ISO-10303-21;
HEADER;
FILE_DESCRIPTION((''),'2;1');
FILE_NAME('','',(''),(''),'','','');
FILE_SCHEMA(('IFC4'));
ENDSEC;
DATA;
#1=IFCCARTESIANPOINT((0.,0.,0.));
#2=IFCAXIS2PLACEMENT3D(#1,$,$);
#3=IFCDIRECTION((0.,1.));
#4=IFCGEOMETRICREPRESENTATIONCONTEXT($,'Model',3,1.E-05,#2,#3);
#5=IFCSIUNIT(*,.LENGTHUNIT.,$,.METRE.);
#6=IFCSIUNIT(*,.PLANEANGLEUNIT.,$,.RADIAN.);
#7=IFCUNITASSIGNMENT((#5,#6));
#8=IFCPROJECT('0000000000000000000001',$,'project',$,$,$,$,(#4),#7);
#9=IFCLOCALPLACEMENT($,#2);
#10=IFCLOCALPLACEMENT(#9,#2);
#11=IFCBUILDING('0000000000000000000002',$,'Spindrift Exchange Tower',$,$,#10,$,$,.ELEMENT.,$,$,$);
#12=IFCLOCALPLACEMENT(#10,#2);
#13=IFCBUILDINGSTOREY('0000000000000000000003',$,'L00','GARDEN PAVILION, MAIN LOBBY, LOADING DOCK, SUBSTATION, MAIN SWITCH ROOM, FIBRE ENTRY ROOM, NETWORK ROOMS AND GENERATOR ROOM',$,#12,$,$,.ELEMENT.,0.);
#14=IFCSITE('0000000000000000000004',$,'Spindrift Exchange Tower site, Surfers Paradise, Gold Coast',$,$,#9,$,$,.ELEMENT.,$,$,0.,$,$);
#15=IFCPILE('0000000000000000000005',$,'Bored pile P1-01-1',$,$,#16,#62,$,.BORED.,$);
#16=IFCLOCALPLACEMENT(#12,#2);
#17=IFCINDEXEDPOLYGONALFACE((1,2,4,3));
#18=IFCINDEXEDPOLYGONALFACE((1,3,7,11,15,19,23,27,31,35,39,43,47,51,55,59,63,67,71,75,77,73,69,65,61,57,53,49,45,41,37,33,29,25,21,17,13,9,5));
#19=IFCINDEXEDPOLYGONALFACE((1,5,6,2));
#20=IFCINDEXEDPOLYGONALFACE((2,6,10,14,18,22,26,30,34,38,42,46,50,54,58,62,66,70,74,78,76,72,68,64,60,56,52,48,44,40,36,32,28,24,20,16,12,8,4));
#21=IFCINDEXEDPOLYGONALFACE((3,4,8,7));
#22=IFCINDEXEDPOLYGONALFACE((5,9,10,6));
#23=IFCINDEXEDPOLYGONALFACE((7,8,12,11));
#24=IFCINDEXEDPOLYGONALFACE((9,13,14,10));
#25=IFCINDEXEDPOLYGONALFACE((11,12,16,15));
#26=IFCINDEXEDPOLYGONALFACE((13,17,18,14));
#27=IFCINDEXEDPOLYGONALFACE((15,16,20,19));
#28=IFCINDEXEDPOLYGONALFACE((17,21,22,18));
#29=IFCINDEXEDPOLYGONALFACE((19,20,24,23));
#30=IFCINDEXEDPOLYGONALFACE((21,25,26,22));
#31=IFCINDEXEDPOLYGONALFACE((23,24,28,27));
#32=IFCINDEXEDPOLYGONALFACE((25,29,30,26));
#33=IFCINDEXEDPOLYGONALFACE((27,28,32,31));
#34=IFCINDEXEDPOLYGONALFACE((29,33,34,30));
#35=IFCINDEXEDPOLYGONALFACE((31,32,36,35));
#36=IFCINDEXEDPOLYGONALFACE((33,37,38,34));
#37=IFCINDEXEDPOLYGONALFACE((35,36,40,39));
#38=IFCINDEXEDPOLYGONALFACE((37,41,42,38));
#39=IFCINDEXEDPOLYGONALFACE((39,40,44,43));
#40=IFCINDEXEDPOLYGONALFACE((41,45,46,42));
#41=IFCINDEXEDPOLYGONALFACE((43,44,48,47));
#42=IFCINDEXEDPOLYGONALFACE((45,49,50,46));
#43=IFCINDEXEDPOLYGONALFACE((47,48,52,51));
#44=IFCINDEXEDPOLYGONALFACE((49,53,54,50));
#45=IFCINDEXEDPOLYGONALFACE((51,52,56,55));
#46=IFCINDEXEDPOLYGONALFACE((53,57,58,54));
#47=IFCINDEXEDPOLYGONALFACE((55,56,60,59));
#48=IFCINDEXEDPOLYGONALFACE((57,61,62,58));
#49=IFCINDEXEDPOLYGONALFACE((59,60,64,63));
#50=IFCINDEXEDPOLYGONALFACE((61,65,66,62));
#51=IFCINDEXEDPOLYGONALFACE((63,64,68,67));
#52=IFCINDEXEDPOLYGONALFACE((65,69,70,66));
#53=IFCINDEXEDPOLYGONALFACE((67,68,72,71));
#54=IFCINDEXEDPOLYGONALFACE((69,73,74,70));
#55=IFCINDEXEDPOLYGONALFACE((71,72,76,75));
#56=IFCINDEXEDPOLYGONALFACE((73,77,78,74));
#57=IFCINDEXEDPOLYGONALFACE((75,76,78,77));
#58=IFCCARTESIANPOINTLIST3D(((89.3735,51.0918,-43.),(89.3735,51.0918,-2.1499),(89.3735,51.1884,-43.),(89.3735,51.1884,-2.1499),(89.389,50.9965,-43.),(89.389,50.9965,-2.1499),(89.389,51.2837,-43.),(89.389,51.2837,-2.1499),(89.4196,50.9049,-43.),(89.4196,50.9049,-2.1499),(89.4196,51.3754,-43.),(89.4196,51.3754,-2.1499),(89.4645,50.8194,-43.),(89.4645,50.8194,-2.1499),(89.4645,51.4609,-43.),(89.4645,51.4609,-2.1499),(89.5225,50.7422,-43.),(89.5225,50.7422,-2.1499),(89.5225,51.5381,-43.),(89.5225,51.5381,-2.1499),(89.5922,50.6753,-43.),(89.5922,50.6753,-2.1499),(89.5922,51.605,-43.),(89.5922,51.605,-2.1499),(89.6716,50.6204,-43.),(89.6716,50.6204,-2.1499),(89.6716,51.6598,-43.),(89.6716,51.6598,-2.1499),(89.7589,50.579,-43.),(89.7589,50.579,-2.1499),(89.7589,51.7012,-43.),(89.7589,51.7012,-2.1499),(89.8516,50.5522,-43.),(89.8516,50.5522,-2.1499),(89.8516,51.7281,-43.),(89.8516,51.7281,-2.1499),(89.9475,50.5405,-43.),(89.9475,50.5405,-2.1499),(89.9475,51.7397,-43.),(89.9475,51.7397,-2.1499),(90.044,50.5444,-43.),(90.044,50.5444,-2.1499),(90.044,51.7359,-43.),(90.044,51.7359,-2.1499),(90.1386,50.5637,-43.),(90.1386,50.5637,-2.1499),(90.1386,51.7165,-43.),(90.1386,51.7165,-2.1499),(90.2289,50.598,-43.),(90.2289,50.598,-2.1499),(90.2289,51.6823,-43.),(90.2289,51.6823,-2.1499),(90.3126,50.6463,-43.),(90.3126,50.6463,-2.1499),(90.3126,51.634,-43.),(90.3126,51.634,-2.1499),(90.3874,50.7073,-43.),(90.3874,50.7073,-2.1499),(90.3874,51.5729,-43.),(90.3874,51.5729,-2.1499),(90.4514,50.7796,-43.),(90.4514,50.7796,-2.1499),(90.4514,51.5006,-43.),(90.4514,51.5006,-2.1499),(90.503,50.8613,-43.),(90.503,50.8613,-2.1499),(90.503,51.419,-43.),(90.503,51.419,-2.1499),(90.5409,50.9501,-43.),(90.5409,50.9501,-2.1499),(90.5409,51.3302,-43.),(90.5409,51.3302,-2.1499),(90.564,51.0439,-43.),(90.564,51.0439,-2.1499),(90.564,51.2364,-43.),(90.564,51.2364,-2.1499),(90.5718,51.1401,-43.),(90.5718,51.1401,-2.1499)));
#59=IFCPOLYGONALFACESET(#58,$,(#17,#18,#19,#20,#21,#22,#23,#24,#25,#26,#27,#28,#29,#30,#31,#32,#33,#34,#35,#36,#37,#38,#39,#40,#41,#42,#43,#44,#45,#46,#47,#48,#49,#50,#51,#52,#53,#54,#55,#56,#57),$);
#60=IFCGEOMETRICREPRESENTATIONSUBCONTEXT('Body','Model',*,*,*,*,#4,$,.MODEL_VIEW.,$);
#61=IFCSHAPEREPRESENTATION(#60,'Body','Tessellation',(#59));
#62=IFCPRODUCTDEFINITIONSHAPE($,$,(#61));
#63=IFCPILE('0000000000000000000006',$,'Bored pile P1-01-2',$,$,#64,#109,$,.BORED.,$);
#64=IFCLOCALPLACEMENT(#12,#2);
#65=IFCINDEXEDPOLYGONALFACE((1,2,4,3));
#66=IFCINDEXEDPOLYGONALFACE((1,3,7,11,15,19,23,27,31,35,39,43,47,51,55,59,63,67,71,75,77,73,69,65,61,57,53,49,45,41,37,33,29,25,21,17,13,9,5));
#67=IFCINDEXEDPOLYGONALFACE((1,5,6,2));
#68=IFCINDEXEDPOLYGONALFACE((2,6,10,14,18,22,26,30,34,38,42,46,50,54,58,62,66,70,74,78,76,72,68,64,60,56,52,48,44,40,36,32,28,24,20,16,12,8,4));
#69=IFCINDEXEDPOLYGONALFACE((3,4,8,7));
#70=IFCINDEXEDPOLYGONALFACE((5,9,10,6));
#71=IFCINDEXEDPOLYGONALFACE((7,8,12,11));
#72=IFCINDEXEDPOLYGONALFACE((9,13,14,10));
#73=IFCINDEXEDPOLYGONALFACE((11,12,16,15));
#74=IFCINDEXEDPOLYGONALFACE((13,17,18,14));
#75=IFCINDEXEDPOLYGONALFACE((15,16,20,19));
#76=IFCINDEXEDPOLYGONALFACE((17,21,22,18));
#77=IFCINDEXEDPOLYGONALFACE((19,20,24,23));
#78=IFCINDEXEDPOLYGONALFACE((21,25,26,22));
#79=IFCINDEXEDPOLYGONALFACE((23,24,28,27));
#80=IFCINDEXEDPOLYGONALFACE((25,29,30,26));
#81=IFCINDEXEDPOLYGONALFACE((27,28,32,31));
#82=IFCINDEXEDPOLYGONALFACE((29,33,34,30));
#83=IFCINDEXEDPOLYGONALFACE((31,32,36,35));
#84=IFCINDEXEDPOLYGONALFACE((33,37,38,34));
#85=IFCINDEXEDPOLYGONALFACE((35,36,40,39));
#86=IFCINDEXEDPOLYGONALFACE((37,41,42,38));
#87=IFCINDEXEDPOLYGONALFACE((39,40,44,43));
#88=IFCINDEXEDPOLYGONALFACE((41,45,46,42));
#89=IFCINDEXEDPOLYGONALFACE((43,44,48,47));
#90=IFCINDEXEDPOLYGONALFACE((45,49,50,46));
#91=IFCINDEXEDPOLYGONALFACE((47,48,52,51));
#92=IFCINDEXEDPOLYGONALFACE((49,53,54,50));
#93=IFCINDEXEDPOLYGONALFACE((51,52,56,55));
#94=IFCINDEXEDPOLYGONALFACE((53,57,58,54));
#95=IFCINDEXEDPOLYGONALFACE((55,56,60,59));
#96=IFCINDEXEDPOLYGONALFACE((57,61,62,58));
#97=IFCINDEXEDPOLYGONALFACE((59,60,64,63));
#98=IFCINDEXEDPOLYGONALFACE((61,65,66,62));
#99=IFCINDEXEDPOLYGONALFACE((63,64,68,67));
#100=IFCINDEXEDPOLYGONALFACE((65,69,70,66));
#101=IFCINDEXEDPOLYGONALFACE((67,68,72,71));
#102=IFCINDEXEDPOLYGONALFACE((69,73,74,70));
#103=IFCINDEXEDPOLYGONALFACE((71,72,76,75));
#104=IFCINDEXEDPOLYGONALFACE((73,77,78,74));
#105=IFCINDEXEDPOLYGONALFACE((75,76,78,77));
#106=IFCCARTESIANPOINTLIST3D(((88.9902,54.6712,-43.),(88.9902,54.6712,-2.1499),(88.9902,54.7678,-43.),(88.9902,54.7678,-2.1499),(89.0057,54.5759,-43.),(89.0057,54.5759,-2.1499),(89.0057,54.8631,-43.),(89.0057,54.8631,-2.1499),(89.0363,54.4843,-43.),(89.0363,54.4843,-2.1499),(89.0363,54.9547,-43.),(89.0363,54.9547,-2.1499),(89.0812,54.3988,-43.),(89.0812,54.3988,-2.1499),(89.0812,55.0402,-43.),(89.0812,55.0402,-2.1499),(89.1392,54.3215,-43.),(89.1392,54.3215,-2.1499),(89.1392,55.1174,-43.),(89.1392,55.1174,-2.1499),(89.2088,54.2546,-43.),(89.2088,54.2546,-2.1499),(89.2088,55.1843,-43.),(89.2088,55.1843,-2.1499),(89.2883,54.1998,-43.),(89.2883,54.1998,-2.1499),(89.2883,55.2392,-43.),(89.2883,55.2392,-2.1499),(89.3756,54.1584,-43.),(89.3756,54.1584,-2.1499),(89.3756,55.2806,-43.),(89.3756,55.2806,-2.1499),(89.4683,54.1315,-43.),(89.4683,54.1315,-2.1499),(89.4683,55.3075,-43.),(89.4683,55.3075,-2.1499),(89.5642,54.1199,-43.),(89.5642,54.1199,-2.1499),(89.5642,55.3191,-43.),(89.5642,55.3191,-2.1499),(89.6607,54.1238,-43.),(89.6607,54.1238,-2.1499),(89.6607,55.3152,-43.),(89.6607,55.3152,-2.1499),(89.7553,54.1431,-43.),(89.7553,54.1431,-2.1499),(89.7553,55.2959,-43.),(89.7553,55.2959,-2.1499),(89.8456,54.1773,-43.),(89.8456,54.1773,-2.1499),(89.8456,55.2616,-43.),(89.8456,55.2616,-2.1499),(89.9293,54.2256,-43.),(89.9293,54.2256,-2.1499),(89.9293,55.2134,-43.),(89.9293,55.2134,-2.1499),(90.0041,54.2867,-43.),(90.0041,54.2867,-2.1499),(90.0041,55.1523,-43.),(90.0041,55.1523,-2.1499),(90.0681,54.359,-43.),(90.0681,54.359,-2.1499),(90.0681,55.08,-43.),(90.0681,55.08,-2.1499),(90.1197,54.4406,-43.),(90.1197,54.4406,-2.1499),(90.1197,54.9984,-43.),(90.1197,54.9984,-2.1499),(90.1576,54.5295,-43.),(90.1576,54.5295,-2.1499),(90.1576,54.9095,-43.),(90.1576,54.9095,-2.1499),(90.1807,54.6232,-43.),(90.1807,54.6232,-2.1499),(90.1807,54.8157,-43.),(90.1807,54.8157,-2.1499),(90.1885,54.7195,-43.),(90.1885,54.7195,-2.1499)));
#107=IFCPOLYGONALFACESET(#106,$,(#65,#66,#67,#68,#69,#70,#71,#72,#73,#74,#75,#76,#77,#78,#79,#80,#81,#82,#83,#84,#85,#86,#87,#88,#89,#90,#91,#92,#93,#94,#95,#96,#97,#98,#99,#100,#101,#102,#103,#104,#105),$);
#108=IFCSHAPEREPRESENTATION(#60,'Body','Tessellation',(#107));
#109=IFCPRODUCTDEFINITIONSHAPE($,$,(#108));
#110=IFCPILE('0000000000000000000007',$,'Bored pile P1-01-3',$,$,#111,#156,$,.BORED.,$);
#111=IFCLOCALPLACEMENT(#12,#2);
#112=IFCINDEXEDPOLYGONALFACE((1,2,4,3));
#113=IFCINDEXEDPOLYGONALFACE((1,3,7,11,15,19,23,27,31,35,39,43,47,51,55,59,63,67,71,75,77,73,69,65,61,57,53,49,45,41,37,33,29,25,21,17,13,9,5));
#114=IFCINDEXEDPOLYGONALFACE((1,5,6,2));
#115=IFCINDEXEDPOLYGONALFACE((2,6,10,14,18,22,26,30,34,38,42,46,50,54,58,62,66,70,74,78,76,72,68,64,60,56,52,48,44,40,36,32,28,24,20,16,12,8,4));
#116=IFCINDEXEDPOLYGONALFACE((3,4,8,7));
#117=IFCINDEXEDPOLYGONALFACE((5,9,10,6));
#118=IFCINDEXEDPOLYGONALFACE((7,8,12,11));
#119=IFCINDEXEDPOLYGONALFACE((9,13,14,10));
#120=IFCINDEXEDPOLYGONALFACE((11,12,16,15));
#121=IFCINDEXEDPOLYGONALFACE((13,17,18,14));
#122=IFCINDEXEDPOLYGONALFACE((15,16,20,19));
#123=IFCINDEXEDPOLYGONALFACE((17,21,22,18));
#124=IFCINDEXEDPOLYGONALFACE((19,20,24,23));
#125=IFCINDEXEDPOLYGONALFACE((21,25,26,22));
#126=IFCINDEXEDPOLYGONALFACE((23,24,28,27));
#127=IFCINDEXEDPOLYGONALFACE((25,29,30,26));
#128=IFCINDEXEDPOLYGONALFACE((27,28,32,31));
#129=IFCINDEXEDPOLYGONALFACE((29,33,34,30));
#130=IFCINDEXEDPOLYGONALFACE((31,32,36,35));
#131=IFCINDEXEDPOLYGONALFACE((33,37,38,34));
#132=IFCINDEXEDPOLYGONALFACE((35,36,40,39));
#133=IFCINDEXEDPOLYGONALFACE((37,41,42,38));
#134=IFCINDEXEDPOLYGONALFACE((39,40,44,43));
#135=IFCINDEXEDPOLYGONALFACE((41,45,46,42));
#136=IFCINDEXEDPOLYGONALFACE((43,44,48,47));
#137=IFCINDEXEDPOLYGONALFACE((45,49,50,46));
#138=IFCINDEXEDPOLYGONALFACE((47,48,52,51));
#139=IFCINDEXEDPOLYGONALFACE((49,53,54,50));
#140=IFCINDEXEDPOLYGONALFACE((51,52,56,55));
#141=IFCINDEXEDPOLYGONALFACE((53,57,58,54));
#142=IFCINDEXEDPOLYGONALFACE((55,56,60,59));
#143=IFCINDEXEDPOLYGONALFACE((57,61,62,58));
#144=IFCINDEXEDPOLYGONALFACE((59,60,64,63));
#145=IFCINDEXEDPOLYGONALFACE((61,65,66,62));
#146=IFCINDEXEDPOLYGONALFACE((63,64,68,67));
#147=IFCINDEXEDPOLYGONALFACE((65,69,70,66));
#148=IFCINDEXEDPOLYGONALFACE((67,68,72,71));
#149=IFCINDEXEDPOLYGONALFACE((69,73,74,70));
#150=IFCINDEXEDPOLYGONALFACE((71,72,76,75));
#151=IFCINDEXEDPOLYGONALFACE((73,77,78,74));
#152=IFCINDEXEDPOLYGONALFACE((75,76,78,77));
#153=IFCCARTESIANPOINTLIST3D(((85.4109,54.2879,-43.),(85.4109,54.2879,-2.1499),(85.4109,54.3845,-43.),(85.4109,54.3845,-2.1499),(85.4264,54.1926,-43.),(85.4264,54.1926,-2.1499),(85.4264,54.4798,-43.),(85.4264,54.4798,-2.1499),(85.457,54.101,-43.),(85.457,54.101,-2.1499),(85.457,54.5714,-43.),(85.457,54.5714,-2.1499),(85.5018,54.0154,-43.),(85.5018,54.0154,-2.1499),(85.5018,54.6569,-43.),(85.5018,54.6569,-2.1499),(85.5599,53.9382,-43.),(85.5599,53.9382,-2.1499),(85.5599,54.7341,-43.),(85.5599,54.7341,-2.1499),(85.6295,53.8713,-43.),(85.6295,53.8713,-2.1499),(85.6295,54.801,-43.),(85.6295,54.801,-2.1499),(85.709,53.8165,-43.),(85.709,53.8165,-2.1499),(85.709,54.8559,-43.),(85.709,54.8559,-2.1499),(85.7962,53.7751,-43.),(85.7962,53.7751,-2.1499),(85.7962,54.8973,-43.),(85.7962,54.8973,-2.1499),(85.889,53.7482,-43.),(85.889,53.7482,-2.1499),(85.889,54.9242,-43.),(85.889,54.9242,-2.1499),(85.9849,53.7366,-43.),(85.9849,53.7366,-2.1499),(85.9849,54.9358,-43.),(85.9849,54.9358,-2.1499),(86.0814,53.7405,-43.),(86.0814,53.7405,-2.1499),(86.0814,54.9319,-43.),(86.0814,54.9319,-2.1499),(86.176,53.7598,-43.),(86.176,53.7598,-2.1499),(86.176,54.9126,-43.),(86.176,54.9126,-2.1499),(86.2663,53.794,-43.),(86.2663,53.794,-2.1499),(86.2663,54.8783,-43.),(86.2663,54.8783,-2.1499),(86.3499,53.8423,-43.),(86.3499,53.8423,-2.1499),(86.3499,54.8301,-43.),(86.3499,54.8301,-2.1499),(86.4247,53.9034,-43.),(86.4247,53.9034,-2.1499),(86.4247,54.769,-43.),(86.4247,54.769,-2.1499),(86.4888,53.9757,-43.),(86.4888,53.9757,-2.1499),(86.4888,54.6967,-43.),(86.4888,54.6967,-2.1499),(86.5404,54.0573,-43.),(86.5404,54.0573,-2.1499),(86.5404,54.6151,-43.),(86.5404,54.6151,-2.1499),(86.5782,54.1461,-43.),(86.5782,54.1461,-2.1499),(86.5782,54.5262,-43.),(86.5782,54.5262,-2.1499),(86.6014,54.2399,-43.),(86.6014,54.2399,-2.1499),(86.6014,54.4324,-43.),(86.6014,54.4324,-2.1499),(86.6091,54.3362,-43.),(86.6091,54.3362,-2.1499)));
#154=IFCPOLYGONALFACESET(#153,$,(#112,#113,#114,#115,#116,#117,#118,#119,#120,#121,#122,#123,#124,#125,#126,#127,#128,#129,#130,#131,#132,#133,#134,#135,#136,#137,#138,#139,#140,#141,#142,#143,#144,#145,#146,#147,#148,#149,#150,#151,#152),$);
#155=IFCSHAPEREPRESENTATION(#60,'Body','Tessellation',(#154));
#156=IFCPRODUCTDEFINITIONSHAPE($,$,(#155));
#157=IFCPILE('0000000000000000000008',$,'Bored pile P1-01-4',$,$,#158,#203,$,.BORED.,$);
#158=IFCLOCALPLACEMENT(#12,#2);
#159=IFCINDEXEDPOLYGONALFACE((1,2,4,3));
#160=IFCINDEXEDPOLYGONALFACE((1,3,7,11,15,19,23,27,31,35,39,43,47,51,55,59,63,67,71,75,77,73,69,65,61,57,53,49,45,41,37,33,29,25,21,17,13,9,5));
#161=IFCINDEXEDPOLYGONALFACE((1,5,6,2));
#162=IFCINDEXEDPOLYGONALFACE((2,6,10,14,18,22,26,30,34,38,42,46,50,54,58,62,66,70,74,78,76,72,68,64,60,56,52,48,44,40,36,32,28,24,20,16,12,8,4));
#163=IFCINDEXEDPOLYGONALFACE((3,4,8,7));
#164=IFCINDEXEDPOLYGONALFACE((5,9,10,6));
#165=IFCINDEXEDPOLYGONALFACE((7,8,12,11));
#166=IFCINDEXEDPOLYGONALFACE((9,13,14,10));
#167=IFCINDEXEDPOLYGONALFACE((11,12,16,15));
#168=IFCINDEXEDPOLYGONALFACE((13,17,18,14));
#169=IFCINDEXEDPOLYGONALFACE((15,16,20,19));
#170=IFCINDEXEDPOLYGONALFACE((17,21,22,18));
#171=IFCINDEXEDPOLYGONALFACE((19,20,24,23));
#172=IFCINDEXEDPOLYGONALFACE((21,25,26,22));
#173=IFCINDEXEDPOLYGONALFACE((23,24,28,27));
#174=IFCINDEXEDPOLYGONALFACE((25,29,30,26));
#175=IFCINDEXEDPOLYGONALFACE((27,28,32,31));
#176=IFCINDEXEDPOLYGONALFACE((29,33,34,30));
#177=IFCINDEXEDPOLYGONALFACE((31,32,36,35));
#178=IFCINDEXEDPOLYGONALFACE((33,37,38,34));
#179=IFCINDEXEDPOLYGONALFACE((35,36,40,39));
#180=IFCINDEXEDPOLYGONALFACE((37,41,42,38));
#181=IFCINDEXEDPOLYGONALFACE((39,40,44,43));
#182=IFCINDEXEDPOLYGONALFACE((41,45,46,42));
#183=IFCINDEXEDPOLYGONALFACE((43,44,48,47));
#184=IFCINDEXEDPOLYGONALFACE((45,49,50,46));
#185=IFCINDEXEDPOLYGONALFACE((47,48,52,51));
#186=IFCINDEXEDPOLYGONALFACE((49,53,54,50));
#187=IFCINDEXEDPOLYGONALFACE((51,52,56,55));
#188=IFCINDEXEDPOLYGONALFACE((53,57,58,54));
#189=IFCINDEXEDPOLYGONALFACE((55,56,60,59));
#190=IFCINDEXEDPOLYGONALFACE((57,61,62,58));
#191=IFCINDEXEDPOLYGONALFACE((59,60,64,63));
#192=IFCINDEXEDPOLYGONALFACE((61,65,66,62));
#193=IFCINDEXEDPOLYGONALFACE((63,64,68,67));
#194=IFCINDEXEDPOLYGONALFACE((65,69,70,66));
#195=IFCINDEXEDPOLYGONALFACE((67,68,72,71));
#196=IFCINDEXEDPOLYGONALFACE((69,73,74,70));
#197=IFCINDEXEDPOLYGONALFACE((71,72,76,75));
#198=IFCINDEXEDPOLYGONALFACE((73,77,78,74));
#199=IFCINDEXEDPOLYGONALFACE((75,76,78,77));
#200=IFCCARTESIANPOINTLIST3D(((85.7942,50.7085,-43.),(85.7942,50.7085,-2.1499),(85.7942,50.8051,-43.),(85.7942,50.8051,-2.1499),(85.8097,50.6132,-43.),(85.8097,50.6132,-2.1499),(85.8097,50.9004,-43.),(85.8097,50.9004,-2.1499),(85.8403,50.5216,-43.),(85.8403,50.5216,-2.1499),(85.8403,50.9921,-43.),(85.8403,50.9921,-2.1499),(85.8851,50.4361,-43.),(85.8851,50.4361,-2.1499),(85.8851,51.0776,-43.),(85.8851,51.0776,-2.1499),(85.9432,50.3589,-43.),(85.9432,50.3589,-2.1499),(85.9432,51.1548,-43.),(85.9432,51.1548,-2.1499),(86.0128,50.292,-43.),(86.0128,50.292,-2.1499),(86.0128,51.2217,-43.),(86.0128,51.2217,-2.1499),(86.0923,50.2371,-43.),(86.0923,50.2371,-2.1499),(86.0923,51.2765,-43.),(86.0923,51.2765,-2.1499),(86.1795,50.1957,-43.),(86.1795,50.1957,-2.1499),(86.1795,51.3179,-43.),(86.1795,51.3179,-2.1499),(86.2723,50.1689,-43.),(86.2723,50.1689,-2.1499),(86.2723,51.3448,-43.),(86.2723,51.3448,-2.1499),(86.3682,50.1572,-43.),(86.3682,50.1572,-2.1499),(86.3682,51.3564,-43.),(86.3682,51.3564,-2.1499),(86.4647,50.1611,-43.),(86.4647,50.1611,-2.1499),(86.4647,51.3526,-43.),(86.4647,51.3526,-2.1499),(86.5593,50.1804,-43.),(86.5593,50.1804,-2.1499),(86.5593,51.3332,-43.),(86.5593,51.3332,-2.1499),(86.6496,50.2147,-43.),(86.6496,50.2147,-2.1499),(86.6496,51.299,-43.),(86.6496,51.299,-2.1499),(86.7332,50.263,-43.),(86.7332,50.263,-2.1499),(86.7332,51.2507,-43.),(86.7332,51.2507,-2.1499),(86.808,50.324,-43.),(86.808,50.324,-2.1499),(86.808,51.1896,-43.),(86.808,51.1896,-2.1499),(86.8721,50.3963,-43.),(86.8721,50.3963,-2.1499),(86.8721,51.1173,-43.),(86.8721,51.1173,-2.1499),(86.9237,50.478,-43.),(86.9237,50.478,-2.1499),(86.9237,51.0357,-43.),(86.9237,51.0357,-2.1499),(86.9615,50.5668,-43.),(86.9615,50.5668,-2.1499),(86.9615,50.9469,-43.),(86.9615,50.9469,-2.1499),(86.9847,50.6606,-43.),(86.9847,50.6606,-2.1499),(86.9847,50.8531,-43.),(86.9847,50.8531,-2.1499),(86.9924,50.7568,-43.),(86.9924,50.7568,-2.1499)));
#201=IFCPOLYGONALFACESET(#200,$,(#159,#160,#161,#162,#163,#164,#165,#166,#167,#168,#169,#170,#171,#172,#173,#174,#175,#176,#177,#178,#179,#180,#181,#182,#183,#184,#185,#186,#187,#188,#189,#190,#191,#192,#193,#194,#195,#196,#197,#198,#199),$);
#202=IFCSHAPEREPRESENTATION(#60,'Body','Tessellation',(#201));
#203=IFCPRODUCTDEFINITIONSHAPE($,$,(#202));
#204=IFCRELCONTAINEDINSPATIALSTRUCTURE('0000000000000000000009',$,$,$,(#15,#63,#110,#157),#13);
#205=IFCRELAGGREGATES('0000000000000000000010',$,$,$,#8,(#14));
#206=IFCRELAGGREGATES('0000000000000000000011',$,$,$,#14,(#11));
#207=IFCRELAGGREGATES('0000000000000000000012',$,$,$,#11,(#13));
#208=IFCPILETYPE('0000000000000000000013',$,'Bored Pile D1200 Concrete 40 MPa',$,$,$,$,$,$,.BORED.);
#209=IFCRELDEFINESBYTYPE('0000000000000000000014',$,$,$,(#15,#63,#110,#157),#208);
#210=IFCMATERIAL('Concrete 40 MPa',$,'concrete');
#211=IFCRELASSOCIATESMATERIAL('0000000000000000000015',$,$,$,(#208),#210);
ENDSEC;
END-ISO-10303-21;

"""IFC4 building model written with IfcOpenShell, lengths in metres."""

from ifc_helpers import new_model, si_unit, direction, frame, origin, origin_2d, place, context, subcontext, project, spatial, circle, extrude, source, transform, mapped, material, material_profile, profile_set, type_object, element, save


model = new_model("IFC4")

# Units and contexts
model_context = context("Model", 3, precision=1e-05, world=origin(), true_north=direction((0.0, 1.0)))
body_context = subcontext(model_context, "Body", "Model", "MODEL_VIEW")
ifc_project = project(units=[si_unit("LENGTHUNIT", "METRE"), si_unit("PLANEANGLEUNIT", "RADIAN")], contexts=[model_context])

# Site, building, storey
site_placement = place(None, origin())
site = spatial("IfcSite", under=ifc_project, at=site_placement, Name="Spindrift Exchange Tower site, Surfers Paradise, Gold Coast", CompositionType="ELEMENT", RefElevation=0.0)
building_placement = place(site_placement, origin())
building = spatial("IfcBuilding", under=site, at=building_placement, Name="Spindrift Exchange Tower", CompositionType="ELEMENT")
storey_placement = place(building_placement, origin())
storey = spatial("IfcBuildingStorey", under=building, at=storey_placement, Name="L00", Description="GARDEN PAVILION, MAIN LOBBY, LOADING DOCK, SUBSTATION, MAIN SWITCH ROOM, FIBRE ENTRY ROOM, NETWORK ROOMS AND GENERATOR ROOM", CompositionType="ELEMENT", Elevation=0.0)

# Piles
ifc_material_1 = material(Name="Concrete 40 MPa", Category="concrete")
ifc_material_profile_1 = material_profile(ifc_material_1, circle(Radius=0.6001, at=origin_2d()), Name="BP D1200")
ifc_profile_set_1 = profile_set([ifc_material_profile_1], Name="Concrete 40 MPa")
pile_type = type_object("IfcPileType", Name="Bored Pile D1200 Concrete 40 MPa", PredefinedType="BORED", material=ifc_profile_set_1)
shared_shape_1 = source(origin(), body_context, "Body", "SweptSolid", [
    extrude(circle(Radius=0.6001, at=origin_2d()), origin(), (0.0, 0.0, 1.0), 40.8501),
])
for number, where, z_axis, x_axis, name in (
    (1, (89.9717, 51.1401, -2.1499), (0.0, 0.0, -1.0), (1.0, 0.0, 0.0), "Bored pile P1-01-1"),
    (2, (89.5884, 54.7195, -2.1499), (0.0, 0.0, -1.0), (1.0, 0.0, 0.0), "Bored pile P1-01-2"),
    (3, (86.009, 54.3362, -2.1499), (0.0, 0.0, -1.0), (1.0, 0.0, 0.0), "Bored pile P1-01-3"),
    (4, (86.3923, 50.7568, -2.1499), (0.0, 0.0, -1.0), (1.0, 0.0, 0.0), "Bored pile P1-01-4"),
):
    element("IfcPile", number, at=place(storey_placement, frame(where, z_axis=z_axis, x_axis=x_axis)), inside=storey, type_object=pile_type, Name=name, PredefinedType="BORED", context=body_context, shape_type="MappedRepresentation", body=[
        mapped(shared_shape_1, transform((0.0, 0.0, 0.0), scale=1.0)),
    ])

save(model, "model.ifc")
